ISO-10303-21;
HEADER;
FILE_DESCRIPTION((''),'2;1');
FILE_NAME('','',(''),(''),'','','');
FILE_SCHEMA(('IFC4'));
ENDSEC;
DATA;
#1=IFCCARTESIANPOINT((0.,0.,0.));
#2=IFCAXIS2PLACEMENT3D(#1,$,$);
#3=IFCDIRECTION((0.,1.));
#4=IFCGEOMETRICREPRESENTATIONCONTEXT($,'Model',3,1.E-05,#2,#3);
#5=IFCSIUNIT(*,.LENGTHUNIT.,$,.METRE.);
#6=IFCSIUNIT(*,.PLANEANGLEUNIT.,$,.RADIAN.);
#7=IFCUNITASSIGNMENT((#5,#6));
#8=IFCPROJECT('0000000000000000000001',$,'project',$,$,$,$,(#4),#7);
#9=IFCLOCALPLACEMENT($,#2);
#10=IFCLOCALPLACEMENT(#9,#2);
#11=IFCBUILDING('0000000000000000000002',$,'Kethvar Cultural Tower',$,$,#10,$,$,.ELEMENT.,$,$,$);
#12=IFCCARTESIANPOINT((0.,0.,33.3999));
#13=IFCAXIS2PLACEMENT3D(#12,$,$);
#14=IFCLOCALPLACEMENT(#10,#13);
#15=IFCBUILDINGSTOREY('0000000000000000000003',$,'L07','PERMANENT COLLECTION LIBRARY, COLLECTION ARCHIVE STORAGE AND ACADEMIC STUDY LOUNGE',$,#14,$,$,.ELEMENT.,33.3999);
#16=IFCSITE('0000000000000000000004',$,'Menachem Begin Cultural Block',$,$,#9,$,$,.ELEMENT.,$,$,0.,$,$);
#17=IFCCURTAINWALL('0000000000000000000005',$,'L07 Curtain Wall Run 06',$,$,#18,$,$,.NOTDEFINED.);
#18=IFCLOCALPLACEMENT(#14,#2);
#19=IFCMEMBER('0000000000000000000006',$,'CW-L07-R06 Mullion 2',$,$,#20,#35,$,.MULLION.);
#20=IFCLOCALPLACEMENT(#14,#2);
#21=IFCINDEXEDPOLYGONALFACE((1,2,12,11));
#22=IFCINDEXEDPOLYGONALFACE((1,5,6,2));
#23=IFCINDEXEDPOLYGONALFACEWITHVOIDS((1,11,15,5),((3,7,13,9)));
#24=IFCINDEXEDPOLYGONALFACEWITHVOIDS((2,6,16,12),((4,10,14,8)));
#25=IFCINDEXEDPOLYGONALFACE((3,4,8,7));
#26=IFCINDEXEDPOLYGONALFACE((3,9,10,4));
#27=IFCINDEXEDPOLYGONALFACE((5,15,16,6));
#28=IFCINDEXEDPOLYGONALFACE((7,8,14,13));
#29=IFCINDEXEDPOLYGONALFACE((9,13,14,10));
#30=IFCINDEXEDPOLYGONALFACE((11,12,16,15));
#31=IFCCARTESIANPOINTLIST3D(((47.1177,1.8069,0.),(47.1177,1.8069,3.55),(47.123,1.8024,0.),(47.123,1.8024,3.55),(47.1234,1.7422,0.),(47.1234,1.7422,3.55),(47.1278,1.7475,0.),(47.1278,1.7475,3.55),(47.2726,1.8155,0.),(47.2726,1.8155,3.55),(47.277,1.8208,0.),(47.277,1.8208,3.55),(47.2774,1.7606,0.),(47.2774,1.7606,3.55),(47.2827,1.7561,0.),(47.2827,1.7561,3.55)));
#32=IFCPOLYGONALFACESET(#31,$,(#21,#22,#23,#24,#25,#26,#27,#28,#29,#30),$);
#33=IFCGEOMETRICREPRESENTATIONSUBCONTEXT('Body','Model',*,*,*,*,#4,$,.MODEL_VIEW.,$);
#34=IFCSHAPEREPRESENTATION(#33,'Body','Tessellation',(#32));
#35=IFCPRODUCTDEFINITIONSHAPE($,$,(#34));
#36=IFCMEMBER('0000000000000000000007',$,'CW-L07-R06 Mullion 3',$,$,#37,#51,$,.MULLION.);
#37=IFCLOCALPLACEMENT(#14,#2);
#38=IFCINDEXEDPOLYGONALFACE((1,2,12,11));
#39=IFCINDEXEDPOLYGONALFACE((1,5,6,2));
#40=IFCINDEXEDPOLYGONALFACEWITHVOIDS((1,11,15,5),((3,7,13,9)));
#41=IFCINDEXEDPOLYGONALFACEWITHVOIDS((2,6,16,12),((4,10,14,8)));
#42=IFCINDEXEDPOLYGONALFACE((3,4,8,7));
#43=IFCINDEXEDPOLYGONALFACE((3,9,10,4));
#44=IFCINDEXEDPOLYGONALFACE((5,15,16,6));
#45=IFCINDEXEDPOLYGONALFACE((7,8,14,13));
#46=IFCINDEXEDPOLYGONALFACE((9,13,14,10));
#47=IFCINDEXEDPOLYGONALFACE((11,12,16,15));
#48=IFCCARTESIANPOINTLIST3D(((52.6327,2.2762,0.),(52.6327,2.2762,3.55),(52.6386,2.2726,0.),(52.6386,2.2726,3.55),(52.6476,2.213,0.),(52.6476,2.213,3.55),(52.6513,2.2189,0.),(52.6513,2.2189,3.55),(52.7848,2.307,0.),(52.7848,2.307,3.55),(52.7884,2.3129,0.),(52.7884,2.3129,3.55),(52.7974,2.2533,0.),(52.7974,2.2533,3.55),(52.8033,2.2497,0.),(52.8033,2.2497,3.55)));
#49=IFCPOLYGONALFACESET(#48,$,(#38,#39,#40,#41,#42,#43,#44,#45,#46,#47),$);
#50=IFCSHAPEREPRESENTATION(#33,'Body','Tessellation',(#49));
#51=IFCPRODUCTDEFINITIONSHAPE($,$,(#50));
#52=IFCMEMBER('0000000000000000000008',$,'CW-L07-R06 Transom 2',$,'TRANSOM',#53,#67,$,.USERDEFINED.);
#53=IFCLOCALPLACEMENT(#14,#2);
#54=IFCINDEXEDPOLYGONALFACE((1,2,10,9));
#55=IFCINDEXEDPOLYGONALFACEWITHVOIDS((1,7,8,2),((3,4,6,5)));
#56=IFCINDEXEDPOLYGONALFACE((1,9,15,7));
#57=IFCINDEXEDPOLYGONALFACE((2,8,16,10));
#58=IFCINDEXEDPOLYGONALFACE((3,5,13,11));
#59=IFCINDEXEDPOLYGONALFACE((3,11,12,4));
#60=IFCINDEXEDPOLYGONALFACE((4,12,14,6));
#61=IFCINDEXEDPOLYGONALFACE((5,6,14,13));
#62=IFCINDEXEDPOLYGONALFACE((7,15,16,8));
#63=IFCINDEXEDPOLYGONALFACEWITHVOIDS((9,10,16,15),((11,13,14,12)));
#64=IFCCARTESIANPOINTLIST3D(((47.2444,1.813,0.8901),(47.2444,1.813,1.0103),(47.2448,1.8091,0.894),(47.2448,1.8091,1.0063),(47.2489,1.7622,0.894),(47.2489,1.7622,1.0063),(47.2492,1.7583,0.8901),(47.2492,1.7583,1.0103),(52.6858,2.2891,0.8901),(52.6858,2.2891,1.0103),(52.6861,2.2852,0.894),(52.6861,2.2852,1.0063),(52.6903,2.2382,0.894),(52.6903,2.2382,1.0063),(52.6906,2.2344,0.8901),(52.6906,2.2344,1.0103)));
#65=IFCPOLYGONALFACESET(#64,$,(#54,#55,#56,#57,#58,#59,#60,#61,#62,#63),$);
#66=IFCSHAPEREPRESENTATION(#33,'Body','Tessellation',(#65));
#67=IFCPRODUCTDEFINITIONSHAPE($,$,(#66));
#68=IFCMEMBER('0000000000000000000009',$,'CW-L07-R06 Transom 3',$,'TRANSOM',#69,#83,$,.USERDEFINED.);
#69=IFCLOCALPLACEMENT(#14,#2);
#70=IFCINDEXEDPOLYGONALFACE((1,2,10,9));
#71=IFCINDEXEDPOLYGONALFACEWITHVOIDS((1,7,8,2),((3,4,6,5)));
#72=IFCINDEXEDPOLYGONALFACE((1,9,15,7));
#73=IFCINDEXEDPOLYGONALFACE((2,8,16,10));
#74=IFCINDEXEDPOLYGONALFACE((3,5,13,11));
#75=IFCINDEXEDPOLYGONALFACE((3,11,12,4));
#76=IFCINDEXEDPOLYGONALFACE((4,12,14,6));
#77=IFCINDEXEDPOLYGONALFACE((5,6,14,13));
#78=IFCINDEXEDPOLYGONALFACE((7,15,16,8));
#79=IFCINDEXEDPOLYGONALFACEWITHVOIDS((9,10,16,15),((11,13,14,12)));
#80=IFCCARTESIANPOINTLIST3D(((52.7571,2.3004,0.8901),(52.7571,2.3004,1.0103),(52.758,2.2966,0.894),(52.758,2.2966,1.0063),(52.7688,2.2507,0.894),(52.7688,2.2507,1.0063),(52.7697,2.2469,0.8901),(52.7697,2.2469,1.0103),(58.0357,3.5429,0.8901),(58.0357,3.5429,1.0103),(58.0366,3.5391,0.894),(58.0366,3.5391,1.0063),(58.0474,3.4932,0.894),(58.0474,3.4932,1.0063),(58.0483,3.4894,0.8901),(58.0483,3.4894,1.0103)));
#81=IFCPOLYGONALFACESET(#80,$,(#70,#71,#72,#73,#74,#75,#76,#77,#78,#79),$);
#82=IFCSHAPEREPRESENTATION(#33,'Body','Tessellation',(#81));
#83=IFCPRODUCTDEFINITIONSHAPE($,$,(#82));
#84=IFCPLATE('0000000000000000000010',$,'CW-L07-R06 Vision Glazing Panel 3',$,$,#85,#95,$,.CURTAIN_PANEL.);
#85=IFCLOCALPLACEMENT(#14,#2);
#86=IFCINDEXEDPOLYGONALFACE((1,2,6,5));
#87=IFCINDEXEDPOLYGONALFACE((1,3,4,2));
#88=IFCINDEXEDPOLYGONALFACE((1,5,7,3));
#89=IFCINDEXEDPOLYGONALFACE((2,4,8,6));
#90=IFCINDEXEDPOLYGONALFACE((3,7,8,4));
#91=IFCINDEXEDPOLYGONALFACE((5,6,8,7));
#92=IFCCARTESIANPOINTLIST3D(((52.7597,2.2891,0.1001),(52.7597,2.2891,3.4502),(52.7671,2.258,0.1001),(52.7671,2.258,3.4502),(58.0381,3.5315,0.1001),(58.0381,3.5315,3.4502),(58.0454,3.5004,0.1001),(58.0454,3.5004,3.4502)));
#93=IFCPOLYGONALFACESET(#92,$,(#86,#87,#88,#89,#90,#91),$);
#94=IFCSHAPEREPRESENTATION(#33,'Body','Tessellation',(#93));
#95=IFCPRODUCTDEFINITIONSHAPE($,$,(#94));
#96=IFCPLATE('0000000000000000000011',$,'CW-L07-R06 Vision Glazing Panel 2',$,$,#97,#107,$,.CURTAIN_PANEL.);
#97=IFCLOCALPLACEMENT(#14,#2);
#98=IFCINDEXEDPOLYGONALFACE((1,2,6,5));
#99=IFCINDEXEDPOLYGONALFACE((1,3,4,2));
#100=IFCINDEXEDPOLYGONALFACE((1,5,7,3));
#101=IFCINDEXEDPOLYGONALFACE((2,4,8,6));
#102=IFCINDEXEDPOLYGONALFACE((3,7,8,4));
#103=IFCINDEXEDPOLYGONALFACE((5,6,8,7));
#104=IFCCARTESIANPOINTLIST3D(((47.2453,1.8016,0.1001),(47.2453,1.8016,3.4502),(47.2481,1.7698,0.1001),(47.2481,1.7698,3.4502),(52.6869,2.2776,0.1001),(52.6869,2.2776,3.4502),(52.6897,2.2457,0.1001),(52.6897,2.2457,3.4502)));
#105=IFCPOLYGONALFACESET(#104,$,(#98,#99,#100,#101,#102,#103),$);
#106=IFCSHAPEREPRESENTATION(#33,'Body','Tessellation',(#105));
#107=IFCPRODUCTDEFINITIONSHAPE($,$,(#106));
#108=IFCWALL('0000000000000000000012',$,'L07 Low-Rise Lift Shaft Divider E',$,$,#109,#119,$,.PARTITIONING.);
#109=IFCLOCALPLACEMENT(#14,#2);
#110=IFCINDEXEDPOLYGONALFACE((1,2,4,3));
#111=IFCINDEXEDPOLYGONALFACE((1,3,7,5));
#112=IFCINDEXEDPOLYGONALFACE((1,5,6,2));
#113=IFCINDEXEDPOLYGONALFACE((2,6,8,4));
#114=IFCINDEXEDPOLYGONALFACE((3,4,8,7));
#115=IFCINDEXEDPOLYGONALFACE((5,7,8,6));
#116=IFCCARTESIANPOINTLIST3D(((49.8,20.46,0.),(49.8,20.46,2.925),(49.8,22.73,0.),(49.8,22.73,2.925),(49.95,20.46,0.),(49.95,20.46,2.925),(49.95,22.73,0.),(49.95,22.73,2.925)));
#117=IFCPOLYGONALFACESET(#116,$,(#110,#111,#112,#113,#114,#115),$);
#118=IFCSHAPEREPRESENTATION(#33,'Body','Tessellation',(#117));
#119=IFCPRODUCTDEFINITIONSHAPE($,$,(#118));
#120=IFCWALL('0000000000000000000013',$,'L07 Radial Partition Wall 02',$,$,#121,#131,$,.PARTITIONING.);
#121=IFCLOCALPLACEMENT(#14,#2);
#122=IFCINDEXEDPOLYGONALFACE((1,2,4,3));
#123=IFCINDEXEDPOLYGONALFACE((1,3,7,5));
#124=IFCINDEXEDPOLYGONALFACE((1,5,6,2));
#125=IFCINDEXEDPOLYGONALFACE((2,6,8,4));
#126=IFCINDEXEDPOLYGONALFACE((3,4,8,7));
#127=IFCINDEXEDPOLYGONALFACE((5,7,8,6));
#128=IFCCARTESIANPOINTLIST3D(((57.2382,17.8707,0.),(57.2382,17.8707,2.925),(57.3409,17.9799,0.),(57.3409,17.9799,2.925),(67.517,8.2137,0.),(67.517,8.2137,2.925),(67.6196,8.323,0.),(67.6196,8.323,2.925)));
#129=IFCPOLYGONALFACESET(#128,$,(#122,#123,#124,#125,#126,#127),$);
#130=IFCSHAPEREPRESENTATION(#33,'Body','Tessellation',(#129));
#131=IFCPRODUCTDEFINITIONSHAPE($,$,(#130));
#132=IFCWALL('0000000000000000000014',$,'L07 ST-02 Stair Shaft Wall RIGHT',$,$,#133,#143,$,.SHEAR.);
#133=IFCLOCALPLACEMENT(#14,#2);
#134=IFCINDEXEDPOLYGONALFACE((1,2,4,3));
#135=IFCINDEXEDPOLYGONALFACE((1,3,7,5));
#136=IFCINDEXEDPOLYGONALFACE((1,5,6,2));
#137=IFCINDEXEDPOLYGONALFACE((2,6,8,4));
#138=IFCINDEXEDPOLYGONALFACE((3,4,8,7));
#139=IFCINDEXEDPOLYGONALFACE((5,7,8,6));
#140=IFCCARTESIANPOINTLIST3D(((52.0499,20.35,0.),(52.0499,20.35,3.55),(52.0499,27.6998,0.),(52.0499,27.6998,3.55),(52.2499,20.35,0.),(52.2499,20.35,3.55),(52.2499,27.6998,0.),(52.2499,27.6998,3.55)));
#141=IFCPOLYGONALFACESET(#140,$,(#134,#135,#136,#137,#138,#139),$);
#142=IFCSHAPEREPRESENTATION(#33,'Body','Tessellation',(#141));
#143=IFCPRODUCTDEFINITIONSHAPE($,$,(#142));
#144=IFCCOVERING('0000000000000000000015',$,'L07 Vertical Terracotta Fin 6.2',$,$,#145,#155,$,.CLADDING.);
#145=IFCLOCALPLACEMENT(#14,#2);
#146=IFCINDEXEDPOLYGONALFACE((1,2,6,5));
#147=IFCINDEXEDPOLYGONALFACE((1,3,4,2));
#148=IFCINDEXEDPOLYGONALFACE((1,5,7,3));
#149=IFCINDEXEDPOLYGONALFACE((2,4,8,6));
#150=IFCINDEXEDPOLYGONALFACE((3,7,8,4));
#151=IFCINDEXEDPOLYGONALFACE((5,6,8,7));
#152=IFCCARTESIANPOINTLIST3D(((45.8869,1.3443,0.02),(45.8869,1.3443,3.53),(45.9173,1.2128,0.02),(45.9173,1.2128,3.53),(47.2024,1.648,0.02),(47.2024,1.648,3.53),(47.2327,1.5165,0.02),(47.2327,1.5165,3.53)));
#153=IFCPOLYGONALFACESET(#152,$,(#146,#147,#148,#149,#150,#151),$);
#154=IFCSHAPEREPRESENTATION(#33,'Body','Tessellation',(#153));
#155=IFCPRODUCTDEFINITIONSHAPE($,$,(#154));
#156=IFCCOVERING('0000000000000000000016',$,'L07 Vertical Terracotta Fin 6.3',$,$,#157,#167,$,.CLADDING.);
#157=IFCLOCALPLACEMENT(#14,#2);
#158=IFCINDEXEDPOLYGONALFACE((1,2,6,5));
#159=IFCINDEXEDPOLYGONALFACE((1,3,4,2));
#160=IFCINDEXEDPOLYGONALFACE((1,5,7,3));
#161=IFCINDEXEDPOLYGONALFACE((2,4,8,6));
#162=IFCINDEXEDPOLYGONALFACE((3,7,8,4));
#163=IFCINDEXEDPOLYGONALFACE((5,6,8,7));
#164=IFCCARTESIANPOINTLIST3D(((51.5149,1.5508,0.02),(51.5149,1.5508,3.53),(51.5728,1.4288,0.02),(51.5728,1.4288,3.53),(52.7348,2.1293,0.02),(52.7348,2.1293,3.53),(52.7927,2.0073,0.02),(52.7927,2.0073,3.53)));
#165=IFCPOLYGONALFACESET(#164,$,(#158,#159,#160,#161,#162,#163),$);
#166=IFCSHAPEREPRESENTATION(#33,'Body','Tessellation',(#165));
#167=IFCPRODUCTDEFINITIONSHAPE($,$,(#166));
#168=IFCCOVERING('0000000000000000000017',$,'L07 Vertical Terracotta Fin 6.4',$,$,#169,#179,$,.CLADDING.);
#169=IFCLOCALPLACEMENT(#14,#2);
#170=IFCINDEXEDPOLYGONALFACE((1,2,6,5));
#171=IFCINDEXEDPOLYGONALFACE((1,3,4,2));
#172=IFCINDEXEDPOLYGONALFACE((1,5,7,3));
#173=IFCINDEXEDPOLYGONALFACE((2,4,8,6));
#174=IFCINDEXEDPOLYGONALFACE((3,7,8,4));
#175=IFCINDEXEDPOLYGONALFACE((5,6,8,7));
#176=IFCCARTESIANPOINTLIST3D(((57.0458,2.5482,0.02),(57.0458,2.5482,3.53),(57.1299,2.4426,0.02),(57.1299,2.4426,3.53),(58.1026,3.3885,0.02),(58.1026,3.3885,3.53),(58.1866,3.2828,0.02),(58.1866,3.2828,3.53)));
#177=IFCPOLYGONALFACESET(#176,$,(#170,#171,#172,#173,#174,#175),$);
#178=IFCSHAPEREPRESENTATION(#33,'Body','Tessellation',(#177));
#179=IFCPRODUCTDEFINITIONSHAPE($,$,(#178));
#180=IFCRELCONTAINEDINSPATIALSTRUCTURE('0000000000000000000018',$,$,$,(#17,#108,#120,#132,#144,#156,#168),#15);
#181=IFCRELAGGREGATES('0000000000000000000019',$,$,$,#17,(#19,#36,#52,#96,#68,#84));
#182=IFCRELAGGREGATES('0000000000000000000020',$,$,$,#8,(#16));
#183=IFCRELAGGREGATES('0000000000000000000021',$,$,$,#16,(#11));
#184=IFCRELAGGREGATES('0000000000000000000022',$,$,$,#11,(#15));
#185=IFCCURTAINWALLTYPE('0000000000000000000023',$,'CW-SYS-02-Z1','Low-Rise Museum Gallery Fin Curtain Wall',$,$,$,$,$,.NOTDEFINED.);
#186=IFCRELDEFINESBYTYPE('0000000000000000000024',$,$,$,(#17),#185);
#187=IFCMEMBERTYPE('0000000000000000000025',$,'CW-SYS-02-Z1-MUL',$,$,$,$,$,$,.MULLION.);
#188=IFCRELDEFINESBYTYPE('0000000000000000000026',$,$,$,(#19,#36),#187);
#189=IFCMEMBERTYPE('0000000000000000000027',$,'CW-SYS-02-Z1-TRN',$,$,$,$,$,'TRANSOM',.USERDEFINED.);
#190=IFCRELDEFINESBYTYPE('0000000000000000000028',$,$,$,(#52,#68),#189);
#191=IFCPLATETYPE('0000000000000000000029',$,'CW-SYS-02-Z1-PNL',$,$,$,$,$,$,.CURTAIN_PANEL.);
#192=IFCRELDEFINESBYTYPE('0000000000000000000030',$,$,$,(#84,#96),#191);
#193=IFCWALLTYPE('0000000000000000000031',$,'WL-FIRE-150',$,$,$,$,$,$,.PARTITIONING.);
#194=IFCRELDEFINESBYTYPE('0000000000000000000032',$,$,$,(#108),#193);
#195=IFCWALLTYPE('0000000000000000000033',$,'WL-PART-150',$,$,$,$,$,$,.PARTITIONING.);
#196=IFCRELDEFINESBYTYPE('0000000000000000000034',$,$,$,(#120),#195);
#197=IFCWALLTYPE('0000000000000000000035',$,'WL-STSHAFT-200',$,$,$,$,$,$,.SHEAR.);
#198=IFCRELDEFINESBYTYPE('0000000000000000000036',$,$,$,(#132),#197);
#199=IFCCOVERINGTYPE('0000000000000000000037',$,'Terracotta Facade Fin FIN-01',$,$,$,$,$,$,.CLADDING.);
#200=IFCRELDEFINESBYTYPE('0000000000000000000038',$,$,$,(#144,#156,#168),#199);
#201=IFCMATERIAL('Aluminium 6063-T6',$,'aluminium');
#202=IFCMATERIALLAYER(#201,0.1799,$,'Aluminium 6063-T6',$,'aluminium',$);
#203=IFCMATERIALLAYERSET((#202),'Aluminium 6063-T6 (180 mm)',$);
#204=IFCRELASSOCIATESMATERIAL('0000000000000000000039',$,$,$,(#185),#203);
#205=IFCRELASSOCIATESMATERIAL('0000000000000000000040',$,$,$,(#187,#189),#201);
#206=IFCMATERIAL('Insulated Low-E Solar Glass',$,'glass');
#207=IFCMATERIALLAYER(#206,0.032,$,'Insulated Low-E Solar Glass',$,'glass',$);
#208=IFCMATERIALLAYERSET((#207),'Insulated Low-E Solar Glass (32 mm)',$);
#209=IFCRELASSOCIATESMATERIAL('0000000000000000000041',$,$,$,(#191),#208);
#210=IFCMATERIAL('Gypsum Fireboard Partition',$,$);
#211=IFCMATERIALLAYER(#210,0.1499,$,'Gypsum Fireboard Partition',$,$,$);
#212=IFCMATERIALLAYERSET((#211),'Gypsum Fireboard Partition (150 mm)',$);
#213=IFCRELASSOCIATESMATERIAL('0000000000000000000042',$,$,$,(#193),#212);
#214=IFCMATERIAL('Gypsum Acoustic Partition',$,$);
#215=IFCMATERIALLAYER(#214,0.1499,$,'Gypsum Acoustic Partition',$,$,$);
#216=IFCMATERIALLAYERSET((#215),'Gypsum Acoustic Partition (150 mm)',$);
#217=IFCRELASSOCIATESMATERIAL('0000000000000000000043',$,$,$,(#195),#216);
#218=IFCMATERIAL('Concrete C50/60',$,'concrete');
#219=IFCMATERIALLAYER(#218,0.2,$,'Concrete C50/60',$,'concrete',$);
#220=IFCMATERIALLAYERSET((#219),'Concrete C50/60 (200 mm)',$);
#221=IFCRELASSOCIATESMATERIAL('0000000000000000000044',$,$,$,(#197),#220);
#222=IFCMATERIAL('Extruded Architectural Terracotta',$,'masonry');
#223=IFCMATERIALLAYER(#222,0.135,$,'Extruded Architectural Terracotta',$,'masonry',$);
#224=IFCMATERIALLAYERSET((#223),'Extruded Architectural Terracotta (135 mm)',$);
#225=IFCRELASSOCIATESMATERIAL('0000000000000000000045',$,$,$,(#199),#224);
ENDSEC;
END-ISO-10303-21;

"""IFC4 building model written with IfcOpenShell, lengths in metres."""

from ifc_helpers import new_model, si_unit, direction, frame, frame_2d, origin, origin_2d, place, context, subcontext, project, spatial, rectangle, hollow_rectangle, extrude, source, transform, mapped, material, layer, layer_set, material_profile, profile_set, type_object, element, aggregate, save


model = new_model("IFC4")

# Units and contexts
model_context = context("Model", 3, precision=1e-05, world=origin(), true_north=direction((0.0, 1.0)))
body_context = subcontext(model_context, "Body", "Model", "MODEL_VIEW")
ifc_project = project(units=[si_unit("LENGTHUNIT", "METRE"), si_unit("PLANEANGLEUNIT", "RADIAN")], contexts=[model_context])

# Site, building, storey
site_placement = place(None, origin())
site = spatial("IfcSite", under=ifc_project, at=site_placement, Name="Menachem Begin Cultural Block", CompositionType="ELEMENT", RefElevation=0.0)
building_placement = place(site_placement, origin())
building = spatial("IfcBuilding", under=site, at=building_placement, Name="Kethvar Cultural Tower", CompositionType="ELEMENT")
storey_placement = place(building_placement, frame((0.0, 0.0, 33.3999)))
storey = spatial("IfcBuildingStorey", under=building, at=storey_placement, Name="L07", Description="PERMANENT COLLECTION LIBRARY, COLLECTION ARCHIVE STORAGE AND ACADEMIC STUDY LOUNGE", CompositionType="ELEMENT", Elevation=33.3999)

# Curtain wall, members, plates
ifc_material_1 = material(Name="Aluminium 6063-T6", Category="aluminium")
ifc_layer_1 = layer(ifc_material_1, 0.1799, Name="Aluminium 6063-T6", Category="aluminium")
ifc_layer_set_1 = layer_set([ifc_layer_1], Name="Aluminium 6063-T6 (180 mm)")
curtain_wall_type = type_object("IfcCurtainWallType", Name="CW-SYS-02-Z1", Description="Low-Rise Museum Gallery Fin Curtain Wall", PredefinedType="NOTDEFINED", material=ifc_layer_set_1)
curtain_wall_placement = place(storey_placement, origin())
curtain_wall = element("IfcCurtainWall", 1, at=curtain_wall_placement, inside=storey, type_object=curtain_wall_type, Name="L07 Curtain Wall Run 06", PredefinedType="NOTDEFINED")
ifc_material_profile_1 = material_profile(ifc_material_1, hollow_rectangle(XDim=0.0649, YDim=0.1599, WallThickness=0.0049, at=origin_2d()), Name="Aluminium 6063-T6 — RHS160x65x5")
ifc_profile_set_1 = profile_set([ifc_material_profile_1], Name="Aluminium 6063-T6 — RHS160x65x5")
member_type_1 = type_object("IfcMemberType", Name="CW-SYS-02-Z1-MUL", PredefinedType="MULLION", material=ifc_profile_set_1)
shared_shape_1 = source(origin(), body_context, "Body", "SweptSolid", [
    extrude(hollow_rectangle(XDim=0.0649, YDim=0.1599, WallThickness=0.0049, at=origin_2d()), origin(), (0.0, 0.0, 1.0), 3.55),
])
member_1_placement = place(storey_placement, frame((47.2002, 1.7815, 0.0), z_axis=(0.0, 0.0, 1.0), x_axis=(-0.087138, 0.996196, 0.0)))
member_1 = element("IfcMember", 2, at=member_1_placement, type_object=member_type_1, Name="CW-L07-R06 Mullion 2", PredefinedType="MULLION", context=body_context, shape_type="MappedRepresentation", body=[
    mapped(shared_shape_1, transform((0.0, 0.0, 0.0), scale=1.0)),
])
member_2_placement = place(storey_placement, frame((52.718, 2.2629, 0.0), z_axis=(0.0, 0.0, 1.0), x_axis=(-0.229115, 0.973399, 0.0)))
member_2 = element("IfcMember", 3, at=member_2_placement, type_object=member_type_1, Name="CW-L07-R06 Mullion 3", PredefinedType="MULLION", context=body_context, shape_type="MappedRepresentation", body=[
    mapped(shared_shape_1, transform((0.0, 0.0, 0.0), scale=1.0)),
])
ifc_material_profile_2 = material_profile(ifc_material_1, hollow_rectangle(XDim=0.0549, YDim=0.1201, WallThickness=0.0039, at=origin_2d()), Name="Aluminium 6063-T6 — RHS120x55x4")
ifc_profile_set_2 = profile_set([ifc_material_profile_2], Name="Aluminium 6063-T6 — RHS120x55x4")
member_type_2 = type_object("IfcMemberType", Name="CW-SYS-02-Z1-TRN", ElementType="TRANSOM", PredefinedType="USERDEFINED", material=ifc_profile_set_2)
shared_shape_2 = source(origin(), body_context, "Body", "SweptSolid", [
    extrude(hollow_rectangle(XDim=0.0549, YDim=0.1201, WallThickness=0.0039, at=origin_2d()), origin(), (0.0, 0.0, 1.0), 5.4622),
])
member_3_placement = place(storey_placement, frame((47.2468, 1.7856, 0.9502), z_axis=(0.996194, 0.087158, 0.0), x_axis=(-0.087158, 0.996194, 0.0)))
member_3 = element("IfcMember", 4, at=member_3_placement, type_object=member_type_2, Name="CW-L07-R06 Transom 2", ObjectType="TRANSOM", PredefinedType="USERDEFINED", context=body_context, shape_type="MappedRepresentation", body=[
    mapped(shared_shape_2, transform((0.0, 0.0, 0.0), scale=1.0)),
])
shared_shape_3 = source(origin(), body_context, "Body", "SweptSolid", [
    extrude(hollow_rectangle(XDim=0.0549, YDim=0.1201, WallThickness=0.0039, at=origin_2d()), origin(), (0.0, 0.0, 1.0), 5.4229),
])
member_4_placement = place(storey_placement, frame((52.7634, 2.2737, 0.9502), z_axis=(0.9734, 0.229112, 0.0), x_axis=(-0.229112, 0.9734, 0.0)))
member_4 = element("IfcMember", 5, at=member_4_placement, type_object=member_type_2, Name="CW-L07-R06 Transom 3", ObjectType="TRANSOM", PredefinedType="USERDEFINED", context=body_context, shape_type="MappedRepresentation", body=[
    mapped(shared_shape_3, transform((0.0, 0.0, 0.0), scale=1.0)),
])
ifc_material_2 = material(Name="Insulated Low-E Solar Glass", Category="glass")
ifc_layer_2 = layer(ifc_material_2, 0.032, Name="Insulated Low-E Solar Glass", Category="glass")
ifc_layer_set_2 = layer_set([ifc_layer_2], Name="Insulated Low-E Solar Glass (32 mm)")
plate_type = type_object("IfcPlateType", Name="CW-SYS-02-Z1-PNL", PredefinedType="CURTAIN_PANEL", material=ifc_layer_set_2)
shared_shape_4 = source(origin(), body_context, "Body", "SweptSolid", [
    extrude(rectangle(XDim=5.4226, YDim=0.032, at=origin_2d()), origin(), (0.0, 0.0, 1.0), 3.3501),
])
plate_1_placement = place(storey_placement, frame((55.4026, 2.8948, 0.1001), z_axis=(0.0, 0.0, 1.0), x_axis=(0.973399, 0.229115, 0.0)))
plate_1 = element("IfcPlate", 6, at=plate_1_placement, type_object=plate_type, Name="CW-L07-R06 Vision Glazing Panel 3", PredefinedType="CURTAIN_PANEL", context=body_context, shape_type="MappedRepresentation", body=[
    mapped(shared_shape_4, transform((0.0, 0.0, 0.0), scale=1.0)),
])
shared_shape_5 = source(origin(), body_context, "Body", "SweptSolid", [
    extrude(rectangle(XDim=5.4624, YDim=0.032, at=origin_2d()), origin(), (0.0, 0.0, 1.0), 3.3501),
])
plate_2_placement = place(storey_placement, frame((49.9675, 2.0237, 0.1001), z_axis=(0.0, 0.0, 1.0), x_axis=(0.996196, 0.087138, 0.0)))
plate_2 = element("IfcPlate", 7, at=plate_2_placement, type_object=plate_type, Name="CW-L07-R06 Vision Glazing Panel 2", PredefinedType="CURTAIN_PANEL", context=body_context, shape_type="MappedRepresentation", body=[
    mapped(shared_shape_5, transform((0.0, 0.0, 0.0), scale=1.0)),
])
aggregate(curtain_wall, [member_1, member_2, member_3, plate_2, member_4, plate_1])

# Walls
ifc_material_3 = material(Name="Gypsum Fireboard Partition")
ifc_layer_3 = layer(ifc_material_3, 0.1499, Name="Gypsum Fireboard Partition")
ifc_layer_set_3 = layer_set([ifc_layer_3], Name="Gypsum Fireboard Partition (150 mm)")
wall_type_1 = type_object("IfcWallType", Name="WL-FIRE-150", PredefinedType="PARTITIONING", material=ifc_layer_set_3)
wall_1_placement = place(storey_placement, frame((49.875, 20.46, 0.0), z_axis=(0.0, 0.0, 1.0), x_axis=(0.0, 1.0, 0.0)))
element("IfcWall", 8, at=wall_1_placement, inside=storey, type_object=wall_type_1, Name="L07 Low-Rise Lift Shaft Divider E", PredefinedType="PARTITIONING", context=body_context, shape_type="SweptSolid", body=[
    extrude(rectangle(XDim=2.27, YDim=0.1499, at=frame_2d((1.135, 0.0))), origin(), (0.0, 0.0, 1.0), 2.925),
])
ifc_material_4 = material(Name="Gypsum Acoustic Partition")
ifc_layer_4 = layer(ifc_material_4, 0.1499, Name="Gypsum Acoustic Partition")
ifc_layer_set_4 = layer_set([ifc_layer_4], Name="Gypsum Acoustic Partition (150 mm)")
wall_type_2 = type_object("IfcWallType", Name="WL-PART-150", PredefinedType="PARTITIONING", material=ifc_layer_set_4)
wall_2_placement = place(storey_placement, frame((57.2896, 17.9253, 0.0), z_axis=(0.0, 0.0, 1.0), x_axis=(0.728808, -0.684718, 0.0)))
element("IfcWall", 9, at=wall_2_placement, inside=storey, type_object=wall_type_2, Name="L07 Radial Partition Wall 02", PredefinedType="PARTITIONING", context=body_context, shape_type="SweptSolid", body=[
    extrude(rectangle(XDim=14.1035, YDim=0.1499, at=frame_2d((7.0518, 0.0))), origin(), (0.0, 0.0, 1.0), 2.925),
])
ifc_material_5 = material(Name="Concrete C50/60", Category="concrete")
ifc_layer_5 = layer(ifc_material_5, 0.2, Name="Concrete C50/60", Category="concrete")
ifc_layer_set_5 = layer_set([ifc_layer_5], Name="Concrete C50/60 (200 mm)")
wall_type_3 = type_object("IfcWallType", Name="WL-STSHAFT-200", PredefinedType="SHEAR", material=ifc_layer_set_5)
wall_3_placement = place(storey_placement, frame((52.1499, 20.3501, 0.0), z_axis=(0.0, 0.0, 1.0), x_axis=(0.0, 1.0, 0.0)))
element("IfcWall", 10, at=wall_3_placement, inside=storey, type_object=wall_type_3, Name="L07 ST-02 Stair Shaft Wall RIGHT", PredefinedType="SHEAR", context=body_context, shape_type="SweptSolid", body=[
    extrude(rectangle(XDim=7.3499, YDim=0.2, at=frame_2d((3.6748, 0.0))), origin(), (0.0, 0.0, 1.0), 3.55),
])

# Coverings
ifc_material_6 = material(Name="Extruded Architectural Terracotta", Category="masonry")
ifc_layer_6 = layer(ifc_material_6, 0.135, Name="Extruded Architectural Terracotta", Category="masonry")
ifc_layer_set_6 = layer_set([ifc_layer_6], Name="Extruded Architectural Terracotta (135 mm)")
covering_type = type_object("IfcCoveringType", Name="Terracotta Facade Fin FIN-01", PredefinedType="CLADDING", material=ifc_layer_set_6)
shared_shape_6 = source(origin(), body_context, "Body", "SweptSolid", [
    extrude(rectangle(XDim=1.3501, YDim=0.135, at=origin_2d()), origin(), (0.0, 0.0, 1.0), 3.51),
])
for number, where, z_axis, x_axis, name in (
    (11, (46.5598, 1.4304, 0.02), (0.0, 0.0, 1.0), (-0.97437, -0.224951, 0.0), "L07 Vertical Terracotta Fin 6.2"),
    (12, (52.1538, 1.7791, 0.02), (0.0, 0.0, 1.0), (-0.90356, -0.428462, 0.0), "L07 Vertical Terracotta Fin 6.3"),
    (13, (57.6162, 2.9155, 0.02), (0.0, 0.0, 1.0), (-0.782717, -0.622378, 0.0), "L07 Vertical Terracotta Fin 6.4"),
):
    element("IfcCovering", number, at=place(storey_placement, frame(where, z_axis=z_axis, x_axis=x_axis)), inside=storey, type_object=covering_type, Name=name, PredefinedType="CLADDING", context=body_context, shape_type="MappedRepresentation", body=[
        mapped(shared_shape_6, transform((0.0, 0.0, 0.0), scale=1.0)),
    ])

save(model, "model.ifc")
